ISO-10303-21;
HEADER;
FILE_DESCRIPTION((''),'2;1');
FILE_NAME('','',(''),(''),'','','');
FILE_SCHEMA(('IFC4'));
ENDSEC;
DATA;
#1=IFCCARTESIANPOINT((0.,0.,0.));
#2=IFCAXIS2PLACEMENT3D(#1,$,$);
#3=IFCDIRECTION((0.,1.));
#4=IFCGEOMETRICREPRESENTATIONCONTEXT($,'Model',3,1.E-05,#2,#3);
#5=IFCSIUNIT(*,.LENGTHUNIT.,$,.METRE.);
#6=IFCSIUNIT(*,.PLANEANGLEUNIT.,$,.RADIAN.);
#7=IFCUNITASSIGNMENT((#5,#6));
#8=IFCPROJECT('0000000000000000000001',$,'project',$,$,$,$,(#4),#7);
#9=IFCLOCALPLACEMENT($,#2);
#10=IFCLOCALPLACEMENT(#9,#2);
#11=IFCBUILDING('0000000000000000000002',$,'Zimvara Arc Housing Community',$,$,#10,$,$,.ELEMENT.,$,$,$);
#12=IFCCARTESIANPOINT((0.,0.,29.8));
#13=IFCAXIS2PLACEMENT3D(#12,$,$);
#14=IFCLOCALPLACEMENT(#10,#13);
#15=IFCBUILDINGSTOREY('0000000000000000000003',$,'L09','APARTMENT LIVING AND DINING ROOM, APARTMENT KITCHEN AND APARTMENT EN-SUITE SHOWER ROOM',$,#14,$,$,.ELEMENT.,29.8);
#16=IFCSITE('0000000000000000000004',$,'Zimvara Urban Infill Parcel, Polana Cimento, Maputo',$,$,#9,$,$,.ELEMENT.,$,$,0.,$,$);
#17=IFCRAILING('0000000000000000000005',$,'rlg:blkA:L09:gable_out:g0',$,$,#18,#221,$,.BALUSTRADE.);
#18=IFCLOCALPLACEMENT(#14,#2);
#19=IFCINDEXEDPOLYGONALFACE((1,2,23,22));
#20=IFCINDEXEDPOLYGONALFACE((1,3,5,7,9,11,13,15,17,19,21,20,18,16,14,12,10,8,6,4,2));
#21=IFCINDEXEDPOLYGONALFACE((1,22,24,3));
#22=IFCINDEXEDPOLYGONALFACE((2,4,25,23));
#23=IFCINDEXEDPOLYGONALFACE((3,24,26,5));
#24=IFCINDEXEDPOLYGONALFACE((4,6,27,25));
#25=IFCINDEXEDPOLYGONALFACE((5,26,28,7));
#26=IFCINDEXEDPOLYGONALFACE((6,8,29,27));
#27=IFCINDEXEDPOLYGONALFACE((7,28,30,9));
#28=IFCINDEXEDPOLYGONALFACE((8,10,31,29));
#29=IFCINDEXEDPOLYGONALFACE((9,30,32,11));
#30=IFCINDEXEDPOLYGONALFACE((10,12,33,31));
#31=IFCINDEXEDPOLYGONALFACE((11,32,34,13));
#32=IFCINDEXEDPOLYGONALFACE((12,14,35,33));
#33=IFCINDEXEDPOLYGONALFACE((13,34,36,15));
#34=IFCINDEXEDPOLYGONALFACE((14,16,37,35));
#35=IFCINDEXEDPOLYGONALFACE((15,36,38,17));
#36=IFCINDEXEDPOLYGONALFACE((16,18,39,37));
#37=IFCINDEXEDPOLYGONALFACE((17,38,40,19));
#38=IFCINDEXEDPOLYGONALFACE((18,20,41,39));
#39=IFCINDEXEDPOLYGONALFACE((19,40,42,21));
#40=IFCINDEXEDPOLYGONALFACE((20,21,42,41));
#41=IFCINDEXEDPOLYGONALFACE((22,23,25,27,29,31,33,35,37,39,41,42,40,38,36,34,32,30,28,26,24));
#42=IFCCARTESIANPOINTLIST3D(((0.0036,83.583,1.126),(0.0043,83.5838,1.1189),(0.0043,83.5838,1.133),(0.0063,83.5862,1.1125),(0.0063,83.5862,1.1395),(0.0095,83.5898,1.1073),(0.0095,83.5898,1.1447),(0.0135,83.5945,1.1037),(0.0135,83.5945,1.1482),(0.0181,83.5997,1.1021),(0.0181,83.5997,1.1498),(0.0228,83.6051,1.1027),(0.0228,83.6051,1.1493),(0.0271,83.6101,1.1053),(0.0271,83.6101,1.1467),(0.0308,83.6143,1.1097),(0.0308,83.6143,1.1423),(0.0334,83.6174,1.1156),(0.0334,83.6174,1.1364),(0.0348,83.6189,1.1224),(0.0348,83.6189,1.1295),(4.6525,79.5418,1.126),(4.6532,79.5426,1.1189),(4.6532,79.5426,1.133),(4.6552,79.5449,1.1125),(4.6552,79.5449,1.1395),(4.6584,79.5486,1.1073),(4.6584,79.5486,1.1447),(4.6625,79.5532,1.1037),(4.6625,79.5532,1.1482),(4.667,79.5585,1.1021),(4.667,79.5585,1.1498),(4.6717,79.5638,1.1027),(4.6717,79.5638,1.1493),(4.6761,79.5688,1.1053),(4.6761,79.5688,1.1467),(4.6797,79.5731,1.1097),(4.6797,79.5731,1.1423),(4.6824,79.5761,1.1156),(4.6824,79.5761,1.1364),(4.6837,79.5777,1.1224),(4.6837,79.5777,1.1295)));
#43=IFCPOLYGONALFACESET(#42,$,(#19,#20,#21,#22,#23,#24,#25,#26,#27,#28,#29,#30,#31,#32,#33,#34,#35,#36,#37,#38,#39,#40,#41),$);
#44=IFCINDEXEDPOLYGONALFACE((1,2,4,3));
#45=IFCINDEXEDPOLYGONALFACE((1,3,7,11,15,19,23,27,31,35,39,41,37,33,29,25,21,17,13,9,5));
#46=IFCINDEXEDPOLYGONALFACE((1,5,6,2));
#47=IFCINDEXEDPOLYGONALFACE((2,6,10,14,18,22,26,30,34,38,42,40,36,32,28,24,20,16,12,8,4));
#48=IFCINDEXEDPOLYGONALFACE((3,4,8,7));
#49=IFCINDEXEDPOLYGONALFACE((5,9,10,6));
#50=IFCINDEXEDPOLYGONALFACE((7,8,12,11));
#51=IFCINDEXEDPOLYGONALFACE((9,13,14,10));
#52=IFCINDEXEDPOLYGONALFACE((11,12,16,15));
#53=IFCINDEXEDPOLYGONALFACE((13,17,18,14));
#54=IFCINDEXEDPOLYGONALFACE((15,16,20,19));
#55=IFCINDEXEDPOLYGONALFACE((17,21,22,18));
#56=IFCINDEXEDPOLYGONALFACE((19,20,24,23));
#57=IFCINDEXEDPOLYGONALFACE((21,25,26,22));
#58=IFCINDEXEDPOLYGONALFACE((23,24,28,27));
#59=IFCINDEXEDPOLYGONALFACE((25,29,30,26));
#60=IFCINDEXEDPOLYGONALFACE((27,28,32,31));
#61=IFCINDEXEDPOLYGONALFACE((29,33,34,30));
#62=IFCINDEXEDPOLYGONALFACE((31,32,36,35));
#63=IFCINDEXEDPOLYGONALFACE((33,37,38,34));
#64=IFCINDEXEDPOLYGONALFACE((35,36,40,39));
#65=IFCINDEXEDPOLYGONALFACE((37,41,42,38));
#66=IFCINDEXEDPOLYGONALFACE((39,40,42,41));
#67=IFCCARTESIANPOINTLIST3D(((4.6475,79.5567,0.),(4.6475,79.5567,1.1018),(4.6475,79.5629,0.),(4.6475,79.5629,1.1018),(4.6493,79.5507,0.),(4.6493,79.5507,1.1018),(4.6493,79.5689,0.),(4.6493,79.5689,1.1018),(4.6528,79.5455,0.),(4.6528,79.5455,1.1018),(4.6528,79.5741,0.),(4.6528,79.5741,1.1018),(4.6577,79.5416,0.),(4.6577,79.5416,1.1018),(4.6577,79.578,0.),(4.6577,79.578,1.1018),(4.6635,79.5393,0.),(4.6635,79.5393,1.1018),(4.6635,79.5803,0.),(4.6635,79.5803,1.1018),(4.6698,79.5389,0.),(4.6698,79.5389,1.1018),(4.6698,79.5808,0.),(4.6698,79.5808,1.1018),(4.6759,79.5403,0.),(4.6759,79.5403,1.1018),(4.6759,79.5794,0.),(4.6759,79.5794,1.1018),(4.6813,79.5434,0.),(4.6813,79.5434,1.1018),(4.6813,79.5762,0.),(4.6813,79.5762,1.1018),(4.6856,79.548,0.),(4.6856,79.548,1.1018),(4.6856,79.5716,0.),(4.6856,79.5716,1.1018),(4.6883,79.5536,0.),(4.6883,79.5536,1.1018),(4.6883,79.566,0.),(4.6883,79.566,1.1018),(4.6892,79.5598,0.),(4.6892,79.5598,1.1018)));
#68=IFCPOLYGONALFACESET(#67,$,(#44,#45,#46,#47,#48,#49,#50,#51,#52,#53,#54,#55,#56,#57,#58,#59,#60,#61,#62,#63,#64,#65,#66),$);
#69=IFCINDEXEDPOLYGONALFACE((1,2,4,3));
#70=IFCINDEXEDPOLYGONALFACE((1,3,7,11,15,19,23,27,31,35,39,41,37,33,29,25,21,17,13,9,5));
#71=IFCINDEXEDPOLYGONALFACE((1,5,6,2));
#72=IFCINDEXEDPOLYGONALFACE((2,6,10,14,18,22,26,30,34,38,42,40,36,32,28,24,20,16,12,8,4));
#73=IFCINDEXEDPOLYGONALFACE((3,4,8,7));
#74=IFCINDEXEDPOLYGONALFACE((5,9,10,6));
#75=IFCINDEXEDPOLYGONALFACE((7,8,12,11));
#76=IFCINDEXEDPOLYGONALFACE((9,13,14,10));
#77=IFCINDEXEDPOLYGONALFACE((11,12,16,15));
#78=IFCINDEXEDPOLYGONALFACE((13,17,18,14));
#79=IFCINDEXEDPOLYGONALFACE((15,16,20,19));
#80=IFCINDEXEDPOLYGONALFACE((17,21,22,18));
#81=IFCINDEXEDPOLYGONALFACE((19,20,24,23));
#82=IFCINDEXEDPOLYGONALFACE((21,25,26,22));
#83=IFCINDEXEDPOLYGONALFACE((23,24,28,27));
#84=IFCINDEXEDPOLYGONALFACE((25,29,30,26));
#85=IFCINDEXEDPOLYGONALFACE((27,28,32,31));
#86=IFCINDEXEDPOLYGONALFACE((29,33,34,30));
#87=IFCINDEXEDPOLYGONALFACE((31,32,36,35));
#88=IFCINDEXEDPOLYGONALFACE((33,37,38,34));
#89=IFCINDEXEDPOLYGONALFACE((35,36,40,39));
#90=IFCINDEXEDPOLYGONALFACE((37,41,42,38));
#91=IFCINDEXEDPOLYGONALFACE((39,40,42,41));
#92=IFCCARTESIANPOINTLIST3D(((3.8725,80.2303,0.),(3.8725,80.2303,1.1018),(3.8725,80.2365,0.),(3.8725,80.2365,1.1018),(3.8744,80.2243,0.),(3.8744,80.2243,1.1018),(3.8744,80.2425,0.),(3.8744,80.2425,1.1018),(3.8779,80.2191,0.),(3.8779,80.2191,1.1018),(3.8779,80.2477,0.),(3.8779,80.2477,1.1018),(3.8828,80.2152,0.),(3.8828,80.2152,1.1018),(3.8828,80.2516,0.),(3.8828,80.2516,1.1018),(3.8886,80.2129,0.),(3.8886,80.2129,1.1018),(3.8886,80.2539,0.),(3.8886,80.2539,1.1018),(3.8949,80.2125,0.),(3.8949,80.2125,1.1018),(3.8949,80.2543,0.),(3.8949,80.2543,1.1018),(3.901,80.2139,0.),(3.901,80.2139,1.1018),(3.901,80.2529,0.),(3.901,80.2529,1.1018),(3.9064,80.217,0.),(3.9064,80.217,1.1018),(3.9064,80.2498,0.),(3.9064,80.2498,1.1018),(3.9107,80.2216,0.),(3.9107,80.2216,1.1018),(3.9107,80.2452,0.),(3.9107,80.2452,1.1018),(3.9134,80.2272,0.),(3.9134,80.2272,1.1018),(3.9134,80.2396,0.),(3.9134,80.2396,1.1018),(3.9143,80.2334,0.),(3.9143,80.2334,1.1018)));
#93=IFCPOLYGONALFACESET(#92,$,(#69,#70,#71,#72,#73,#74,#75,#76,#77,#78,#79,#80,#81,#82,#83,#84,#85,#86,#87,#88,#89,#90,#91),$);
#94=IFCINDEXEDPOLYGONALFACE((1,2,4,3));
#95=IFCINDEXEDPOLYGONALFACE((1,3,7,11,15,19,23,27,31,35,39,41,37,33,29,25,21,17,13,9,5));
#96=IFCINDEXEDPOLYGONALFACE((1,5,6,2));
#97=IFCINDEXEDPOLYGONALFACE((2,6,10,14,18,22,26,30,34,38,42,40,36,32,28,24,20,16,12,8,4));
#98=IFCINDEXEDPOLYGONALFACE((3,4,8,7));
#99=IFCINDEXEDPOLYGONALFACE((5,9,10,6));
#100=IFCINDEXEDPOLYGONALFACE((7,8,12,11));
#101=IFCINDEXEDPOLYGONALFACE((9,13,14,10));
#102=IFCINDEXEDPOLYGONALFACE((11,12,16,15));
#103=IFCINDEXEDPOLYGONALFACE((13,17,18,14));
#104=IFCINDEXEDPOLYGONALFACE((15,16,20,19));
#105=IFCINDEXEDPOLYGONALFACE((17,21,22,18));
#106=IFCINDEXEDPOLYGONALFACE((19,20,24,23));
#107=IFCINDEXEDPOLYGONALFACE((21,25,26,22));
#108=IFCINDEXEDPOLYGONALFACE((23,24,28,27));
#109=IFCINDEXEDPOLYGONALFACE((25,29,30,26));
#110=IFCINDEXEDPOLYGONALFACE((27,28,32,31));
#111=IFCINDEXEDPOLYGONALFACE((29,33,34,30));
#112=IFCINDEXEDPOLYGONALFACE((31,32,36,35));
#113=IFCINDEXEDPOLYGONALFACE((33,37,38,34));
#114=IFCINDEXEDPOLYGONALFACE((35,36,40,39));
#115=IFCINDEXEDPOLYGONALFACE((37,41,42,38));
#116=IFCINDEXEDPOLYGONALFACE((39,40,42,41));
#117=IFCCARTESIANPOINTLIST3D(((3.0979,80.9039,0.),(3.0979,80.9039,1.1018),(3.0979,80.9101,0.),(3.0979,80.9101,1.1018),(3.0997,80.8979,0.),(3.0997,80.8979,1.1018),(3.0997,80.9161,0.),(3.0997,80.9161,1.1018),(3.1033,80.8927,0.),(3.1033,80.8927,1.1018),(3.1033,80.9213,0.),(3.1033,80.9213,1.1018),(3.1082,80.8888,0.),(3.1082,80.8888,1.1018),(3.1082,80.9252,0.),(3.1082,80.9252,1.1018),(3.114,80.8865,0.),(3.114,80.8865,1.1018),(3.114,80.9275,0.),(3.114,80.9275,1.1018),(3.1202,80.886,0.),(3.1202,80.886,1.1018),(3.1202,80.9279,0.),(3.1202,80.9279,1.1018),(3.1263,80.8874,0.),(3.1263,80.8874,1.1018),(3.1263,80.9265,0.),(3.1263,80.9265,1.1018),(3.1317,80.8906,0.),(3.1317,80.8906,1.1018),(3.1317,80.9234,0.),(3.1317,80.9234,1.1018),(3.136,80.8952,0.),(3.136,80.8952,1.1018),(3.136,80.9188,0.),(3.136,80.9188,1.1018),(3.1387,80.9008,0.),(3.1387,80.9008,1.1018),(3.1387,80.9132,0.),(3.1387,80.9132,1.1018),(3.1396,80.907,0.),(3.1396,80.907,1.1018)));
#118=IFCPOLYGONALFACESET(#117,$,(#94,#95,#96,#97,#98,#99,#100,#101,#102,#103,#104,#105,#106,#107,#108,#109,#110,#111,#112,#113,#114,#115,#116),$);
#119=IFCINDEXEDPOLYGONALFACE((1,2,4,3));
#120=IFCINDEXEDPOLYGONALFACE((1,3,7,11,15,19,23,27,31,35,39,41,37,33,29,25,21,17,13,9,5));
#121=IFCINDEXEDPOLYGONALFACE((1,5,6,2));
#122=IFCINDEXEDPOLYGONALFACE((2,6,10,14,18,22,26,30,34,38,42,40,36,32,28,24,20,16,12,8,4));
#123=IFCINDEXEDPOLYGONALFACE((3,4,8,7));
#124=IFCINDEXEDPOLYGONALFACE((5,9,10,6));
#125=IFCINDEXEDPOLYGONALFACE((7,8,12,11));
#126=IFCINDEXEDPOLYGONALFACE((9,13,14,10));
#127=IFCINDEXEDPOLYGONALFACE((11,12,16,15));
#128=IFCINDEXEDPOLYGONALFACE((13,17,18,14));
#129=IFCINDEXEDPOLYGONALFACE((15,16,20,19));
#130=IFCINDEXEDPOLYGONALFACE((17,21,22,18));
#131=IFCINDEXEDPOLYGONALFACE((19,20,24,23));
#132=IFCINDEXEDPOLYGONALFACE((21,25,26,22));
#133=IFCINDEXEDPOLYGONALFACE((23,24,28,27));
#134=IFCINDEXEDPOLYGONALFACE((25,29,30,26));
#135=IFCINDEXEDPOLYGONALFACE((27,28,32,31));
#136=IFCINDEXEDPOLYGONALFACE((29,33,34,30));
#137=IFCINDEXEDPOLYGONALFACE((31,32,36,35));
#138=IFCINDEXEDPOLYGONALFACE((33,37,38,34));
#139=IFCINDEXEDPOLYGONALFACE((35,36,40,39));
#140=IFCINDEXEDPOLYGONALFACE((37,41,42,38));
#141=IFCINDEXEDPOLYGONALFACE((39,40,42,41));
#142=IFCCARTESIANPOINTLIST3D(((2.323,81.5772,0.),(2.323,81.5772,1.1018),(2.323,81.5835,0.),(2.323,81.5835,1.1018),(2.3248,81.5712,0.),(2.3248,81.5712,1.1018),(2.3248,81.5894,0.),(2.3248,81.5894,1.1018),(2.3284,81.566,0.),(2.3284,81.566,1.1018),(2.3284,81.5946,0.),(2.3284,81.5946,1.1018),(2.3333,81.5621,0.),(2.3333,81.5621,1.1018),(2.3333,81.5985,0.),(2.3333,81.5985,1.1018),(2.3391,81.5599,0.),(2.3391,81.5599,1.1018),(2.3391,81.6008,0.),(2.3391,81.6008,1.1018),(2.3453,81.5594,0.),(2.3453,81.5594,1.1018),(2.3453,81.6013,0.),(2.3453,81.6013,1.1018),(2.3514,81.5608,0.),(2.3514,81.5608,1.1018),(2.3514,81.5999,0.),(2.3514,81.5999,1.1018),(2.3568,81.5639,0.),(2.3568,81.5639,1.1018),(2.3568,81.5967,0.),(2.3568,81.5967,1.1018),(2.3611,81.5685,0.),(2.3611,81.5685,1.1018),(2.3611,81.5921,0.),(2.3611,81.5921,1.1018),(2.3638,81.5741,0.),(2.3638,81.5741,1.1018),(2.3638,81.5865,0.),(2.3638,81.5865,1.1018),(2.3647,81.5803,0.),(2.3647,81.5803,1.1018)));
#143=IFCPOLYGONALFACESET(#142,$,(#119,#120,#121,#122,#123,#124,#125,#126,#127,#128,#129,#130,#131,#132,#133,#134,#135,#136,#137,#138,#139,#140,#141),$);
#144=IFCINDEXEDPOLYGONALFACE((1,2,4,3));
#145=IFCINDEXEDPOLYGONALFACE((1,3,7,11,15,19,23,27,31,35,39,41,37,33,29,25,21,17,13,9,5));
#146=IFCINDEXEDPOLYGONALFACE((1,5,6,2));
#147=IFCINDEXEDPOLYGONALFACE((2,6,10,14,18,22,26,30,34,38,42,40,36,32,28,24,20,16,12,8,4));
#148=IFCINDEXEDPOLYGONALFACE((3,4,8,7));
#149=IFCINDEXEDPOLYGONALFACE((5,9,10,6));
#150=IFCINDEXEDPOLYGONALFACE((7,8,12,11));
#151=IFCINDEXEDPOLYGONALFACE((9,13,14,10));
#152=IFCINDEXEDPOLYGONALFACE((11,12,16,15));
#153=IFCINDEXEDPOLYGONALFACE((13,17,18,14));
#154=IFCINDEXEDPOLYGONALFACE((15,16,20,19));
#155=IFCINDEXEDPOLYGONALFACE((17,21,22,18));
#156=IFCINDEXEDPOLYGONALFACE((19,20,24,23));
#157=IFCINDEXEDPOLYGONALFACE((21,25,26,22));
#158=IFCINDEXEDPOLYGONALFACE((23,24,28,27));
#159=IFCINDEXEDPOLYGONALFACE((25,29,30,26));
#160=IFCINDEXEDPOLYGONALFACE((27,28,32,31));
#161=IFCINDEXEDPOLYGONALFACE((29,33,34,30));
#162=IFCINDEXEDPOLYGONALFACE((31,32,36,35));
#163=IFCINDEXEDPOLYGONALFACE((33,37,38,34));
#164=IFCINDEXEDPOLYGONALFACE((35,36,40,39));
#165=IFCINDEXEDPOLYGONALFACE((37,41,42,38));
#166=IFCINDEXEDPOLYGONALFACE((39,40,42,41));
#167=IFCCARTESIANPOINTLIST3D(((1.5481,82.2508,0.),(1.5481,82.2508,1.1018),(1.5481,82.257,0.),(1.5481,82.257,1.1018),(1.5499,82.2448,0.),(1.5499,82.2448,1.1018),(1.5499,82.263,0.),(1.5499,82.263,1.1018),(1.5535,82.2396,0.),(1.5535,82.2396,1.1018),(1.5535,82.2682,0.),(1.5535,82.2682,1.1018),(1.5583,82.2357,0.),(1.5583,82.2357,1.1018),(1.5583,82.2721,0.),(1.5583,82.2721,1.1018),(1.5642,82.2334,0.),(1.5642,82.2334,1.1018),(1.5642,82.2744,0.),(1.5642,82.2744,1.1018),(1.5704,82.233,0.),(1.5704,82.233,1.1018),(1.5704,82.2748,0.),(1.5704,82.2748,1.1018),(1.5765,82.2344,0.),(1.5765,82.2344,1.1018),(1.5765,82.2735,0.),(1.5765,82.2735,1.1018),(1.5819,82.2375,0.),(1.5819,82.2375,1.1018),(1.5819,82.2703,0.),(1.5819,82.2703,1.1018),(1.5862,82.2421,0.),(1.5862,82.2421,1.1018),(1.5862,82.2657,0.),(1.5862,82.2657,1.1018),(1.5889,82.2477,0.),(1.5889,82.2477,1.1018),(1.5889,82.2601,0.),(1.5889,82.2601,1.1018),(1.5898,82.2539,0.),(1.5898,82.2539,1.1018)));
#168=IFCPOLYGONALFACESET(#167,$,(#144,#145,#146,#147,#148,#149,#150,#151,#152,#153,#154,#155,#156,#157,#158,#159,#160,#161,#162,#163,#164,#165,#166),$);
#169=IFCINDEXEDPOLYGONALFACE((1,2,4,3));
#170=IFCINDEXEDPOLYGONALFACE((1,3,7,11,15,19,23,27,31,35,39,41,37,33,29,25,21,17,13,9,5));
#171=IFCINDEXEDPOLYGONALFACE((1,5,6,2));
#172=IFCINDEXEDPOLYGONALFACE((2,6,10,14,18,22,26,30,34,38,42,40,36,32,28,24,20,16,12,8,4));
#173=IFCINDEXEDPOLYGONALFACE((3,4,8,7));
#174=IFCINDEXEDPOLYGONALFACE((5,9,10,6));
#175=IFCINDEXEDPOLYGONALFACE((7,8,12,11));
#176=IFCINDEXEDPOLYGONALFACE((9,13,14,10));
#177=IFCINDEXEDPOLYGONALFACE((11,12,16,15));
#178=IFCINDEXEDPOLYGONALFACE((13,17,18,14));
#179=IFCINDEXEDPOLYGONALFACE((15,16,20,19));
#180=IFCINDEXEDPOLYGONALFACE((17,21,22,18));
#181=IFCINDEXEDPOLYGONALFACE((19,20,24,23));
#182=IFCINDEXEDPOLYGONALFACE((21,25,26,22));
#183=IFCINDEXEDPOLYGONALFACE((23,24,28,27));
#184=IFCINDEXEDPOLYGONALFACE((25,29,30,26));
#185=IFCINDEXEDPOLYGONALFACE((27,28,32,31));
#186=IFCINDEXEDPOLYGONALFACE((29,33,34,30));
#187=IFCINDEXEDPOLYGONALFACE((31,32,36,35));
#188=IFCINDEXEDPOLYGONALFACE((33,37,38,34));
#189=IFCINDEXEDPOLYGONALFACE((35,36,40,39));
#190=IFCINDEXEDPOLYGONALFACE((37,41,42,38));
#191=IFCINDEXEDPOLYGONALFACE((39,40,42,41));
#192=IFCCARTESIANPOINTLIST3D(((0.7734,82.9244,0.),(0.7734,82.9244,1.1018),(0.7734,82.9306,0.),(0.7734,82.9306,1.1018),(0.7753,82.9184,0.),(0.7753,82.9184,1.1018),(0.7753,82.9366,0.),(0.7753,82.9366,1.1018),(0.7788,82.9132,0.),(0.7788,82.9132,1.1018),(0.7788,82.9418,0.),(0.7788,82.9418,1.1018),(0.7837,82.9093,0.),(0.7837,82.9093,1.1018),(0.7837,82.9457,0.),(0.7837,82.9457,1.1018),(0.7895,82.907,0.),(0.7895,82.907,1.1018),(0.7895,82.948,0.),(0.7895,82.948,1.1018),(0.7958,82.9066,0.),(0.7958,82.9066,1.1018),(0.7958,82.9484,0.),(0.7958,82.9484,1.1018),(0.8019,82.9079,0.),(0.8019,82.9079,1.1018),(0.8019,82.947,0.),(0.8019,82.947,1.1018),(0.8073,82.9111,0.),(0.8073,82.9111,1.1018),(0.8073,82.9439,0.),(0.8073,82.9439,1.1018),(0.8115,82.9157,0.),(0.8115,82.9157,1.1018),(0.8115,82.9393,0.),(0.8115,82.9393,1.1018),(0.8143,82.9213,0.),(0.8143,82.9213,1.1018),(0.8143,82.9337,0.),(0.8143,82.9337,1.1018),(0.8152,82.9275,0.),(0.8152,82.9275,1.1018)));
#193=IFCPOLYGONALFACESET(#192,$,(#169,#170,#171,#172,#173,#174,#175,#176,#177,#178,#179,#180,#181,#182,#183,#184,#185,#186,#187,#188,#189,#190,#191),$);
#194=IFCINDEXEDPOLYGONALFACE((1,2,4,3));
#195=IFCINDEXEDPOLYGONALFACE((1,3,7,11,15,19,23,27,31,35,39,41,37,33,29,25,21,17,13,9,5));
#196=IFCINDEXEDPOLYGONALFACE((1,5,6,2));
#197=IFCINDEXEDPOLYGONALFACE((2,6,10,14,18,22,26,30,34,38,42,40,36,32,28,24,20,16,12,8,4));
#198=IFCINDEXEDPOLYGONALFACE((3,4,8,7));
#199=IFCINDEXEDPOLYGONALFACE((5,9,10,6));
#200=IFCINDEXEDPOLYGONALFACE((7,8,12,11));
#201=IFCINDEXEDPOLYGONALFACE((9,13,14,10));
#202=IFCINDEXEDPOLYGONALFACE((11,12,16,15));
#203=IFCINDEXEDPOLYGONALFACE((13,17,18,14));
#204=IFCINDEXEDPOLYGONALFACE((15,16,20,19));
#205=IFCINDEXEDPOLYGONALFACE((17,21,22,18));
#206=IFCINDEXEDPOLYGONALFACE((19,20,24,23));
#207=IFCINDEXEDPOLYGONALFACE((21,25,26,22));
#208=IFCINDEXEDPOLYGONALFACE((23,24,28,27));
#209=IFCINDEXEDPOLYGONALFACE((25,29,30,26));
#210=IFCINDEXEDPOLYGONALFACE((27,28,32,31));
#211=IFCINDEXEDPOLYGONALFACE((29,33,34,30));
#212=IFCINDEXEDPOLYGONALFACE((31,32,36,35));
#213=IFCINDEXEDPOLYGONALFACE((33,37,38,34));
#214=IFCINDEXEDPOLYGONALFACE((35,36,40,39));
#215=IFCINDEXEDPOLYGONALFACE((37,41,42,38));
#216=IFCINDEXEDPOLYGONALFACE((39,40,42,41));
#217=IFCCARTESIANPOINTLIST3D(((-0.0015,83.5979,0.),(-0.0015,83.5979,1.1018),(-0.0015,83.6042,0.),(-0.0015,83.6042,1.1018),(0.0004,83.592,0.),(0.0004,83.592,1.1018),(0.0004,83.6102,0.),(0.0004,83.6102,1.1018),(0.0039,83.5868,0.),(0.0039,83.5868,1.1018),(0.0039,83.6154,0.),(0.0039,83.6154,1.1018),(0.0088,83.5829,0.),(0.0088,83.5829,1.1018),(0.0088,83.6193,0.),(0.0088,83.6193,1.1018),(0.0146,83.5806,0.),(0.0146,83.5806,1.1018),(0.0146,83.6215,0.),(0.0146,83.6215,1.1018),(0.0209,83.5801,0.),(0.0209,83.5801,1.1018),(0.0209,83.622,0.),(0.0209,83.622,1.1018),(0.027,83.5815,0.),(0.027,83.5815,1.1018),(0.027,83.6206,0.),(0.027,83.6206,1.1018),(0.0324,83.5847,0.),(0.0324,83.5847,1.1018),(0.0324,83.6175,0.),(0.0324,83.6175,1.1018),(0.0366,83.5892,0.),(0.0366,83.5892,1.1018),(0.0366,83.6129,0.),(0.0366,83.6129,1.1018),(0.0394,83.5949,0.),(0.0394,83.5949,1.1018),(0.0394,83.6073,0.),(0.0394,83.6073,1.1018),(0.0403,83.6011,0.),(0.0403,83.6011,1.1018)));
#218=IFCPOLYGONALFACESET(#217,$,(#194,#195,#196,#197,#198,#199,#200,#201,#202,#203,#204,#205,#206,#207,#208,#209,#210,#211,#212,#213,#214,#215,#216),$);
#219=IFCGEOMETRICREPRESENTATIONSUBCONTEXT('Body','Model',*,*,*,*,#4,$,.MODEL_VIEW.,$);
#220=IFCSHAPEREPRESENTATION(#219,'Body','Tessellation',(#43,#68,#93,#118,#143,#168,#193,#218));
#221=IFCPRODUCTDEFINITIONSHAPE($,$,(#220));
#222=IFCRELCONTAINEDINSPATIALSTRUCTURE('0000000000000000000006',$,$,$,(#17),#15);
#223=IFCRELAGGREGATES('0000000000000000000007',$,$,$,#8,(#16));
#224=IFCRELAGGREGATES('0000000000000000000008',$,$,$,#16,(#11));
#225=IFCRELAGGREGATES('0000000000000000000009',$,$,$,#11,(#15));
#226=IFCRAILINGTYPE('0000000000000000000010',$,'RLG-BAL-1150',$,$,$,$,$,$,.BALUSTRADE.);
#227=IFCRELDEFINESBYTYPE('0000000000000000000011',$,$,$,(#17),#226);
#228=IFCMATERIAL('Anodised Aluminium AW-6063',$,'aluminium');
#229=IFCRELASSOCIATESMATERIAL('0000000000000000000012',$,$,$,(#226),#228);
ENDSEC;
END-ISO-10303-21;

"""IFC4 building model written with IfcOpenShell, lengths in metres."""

from ifc_helpers import new_model, si_unit, direction, frame, origin, origin_2d, place, context, subcontext, project, spatial, circle, extrude, material, type_object, element, save


model = new_model("IFC4")

# Units and contexts
model_context = context("Model", 3, precision=1e-05, world=origin(), true_north=direction((0.0, 1.0)))
body_context = subcontext(model_context, "Body", "Model", "MODEL_VIEW")
ifc_project = project(units=[si_unit("LENGTHUNIT", "METRE"), si_unit("PLANEANGLEUNIT", "RADIAN")], contexts=[model_context])

# Site, building, storey
site_placement = place(None, origin())
site = spatial("IfcSite", under=ifc_project, at=site_placement, Name="Zimvara Urban Infill Parcel, Polana Cimento, Maputo", CompositionType="ELEMENT", RefElevation=0.0)
building_placement = place(site_placement, origin())
building = spatial("IfcBuilding", under=site, at=building_placement, Name="Zimvara Arc Housing Community", CompositionType="ELEMENT")
storey_placement = place(building_placement, frame((0.0, 0.0, 29.8)))
storey = spatial("IfcBuildingStorey", under=building, at=storey_placement, Name="L09", Description="APARTMENT LIVING AND DINING ROOM, APARTMENT KITCHEN AND APARTMENT EN-SUITE SHOWER ROOM", CompositionType="ELEMENT", Elevation=29.8)

# Railing
ifc_material_1 = material(Name="Anodised Aluminium AW-6063", Category="aluminium")
railing_type = type_object("IfcRailingType", Name="RLG-BAL-1150", PredefinedType="BALUSTRADE", material=ifc_material_1)
railing_placement = place(storey_placement, frame((4.6682, 79.5598, 0.0)))
element("IfcRailing", 1, at=railing_placement, inside=storey, type_object=railing_type, Name="rlg:blkA:L09:gable_out:g0", PredefinedType="BALUSTRADE", context=body_context, shape_type="SweptSolid", body=[
    extrude(circle(Radius=0.0239, at=origin_2d()), frame((0.0, 0.0, 1.126), z_axis=(-0.754709, 0.65606, 0.0), x_axis=(-0.65606, -0.754709, 0.0)), (0.0, 0.0, 1.0), 6.1599),
    extrude(circle(Radius=0.021, at=origin_2d()), origin(), (0.0, 0.0, 1.0), 1.1018),
    extrude(circle(Radius=0.021, at=origin_2d()), frame((-0.7749, 0.6736, 0.0)), (0.0, 0.0, 1.0), 1.1018),
    extrude(circle(Radius=0.021, at=origin_2d()), frame((-1.5496, 1.3472, 0.0)), (0.0, 0.0, 1.0), 1.1018),
    extrude(circle(Radius=0.021, at=origin_2d()), frame((-2.3245, 2.0205, 0.0)), (0.0, 0.0, 1.0), 1.1018),
    extrude(circle(Radius=0.021, at=origin_2d()), frame((-3.0994, 2.6941, 0.0)), (0.0, 0.0, 1.0), 1.1018),
    extrude(circle(Radius=0.021, at=origin_2d()), frame((-3.874, 3.3677, 0.0)), (0.0, 0.0, 1.0), 1.1018),
    extrude(circle(Radius=0.021, at=origin_2d()), frame((-4.6489, 4.0413, 0.0)), (0.0, 0.0, 1.0), 1.1018),
])

save(model, "model.ifc")
